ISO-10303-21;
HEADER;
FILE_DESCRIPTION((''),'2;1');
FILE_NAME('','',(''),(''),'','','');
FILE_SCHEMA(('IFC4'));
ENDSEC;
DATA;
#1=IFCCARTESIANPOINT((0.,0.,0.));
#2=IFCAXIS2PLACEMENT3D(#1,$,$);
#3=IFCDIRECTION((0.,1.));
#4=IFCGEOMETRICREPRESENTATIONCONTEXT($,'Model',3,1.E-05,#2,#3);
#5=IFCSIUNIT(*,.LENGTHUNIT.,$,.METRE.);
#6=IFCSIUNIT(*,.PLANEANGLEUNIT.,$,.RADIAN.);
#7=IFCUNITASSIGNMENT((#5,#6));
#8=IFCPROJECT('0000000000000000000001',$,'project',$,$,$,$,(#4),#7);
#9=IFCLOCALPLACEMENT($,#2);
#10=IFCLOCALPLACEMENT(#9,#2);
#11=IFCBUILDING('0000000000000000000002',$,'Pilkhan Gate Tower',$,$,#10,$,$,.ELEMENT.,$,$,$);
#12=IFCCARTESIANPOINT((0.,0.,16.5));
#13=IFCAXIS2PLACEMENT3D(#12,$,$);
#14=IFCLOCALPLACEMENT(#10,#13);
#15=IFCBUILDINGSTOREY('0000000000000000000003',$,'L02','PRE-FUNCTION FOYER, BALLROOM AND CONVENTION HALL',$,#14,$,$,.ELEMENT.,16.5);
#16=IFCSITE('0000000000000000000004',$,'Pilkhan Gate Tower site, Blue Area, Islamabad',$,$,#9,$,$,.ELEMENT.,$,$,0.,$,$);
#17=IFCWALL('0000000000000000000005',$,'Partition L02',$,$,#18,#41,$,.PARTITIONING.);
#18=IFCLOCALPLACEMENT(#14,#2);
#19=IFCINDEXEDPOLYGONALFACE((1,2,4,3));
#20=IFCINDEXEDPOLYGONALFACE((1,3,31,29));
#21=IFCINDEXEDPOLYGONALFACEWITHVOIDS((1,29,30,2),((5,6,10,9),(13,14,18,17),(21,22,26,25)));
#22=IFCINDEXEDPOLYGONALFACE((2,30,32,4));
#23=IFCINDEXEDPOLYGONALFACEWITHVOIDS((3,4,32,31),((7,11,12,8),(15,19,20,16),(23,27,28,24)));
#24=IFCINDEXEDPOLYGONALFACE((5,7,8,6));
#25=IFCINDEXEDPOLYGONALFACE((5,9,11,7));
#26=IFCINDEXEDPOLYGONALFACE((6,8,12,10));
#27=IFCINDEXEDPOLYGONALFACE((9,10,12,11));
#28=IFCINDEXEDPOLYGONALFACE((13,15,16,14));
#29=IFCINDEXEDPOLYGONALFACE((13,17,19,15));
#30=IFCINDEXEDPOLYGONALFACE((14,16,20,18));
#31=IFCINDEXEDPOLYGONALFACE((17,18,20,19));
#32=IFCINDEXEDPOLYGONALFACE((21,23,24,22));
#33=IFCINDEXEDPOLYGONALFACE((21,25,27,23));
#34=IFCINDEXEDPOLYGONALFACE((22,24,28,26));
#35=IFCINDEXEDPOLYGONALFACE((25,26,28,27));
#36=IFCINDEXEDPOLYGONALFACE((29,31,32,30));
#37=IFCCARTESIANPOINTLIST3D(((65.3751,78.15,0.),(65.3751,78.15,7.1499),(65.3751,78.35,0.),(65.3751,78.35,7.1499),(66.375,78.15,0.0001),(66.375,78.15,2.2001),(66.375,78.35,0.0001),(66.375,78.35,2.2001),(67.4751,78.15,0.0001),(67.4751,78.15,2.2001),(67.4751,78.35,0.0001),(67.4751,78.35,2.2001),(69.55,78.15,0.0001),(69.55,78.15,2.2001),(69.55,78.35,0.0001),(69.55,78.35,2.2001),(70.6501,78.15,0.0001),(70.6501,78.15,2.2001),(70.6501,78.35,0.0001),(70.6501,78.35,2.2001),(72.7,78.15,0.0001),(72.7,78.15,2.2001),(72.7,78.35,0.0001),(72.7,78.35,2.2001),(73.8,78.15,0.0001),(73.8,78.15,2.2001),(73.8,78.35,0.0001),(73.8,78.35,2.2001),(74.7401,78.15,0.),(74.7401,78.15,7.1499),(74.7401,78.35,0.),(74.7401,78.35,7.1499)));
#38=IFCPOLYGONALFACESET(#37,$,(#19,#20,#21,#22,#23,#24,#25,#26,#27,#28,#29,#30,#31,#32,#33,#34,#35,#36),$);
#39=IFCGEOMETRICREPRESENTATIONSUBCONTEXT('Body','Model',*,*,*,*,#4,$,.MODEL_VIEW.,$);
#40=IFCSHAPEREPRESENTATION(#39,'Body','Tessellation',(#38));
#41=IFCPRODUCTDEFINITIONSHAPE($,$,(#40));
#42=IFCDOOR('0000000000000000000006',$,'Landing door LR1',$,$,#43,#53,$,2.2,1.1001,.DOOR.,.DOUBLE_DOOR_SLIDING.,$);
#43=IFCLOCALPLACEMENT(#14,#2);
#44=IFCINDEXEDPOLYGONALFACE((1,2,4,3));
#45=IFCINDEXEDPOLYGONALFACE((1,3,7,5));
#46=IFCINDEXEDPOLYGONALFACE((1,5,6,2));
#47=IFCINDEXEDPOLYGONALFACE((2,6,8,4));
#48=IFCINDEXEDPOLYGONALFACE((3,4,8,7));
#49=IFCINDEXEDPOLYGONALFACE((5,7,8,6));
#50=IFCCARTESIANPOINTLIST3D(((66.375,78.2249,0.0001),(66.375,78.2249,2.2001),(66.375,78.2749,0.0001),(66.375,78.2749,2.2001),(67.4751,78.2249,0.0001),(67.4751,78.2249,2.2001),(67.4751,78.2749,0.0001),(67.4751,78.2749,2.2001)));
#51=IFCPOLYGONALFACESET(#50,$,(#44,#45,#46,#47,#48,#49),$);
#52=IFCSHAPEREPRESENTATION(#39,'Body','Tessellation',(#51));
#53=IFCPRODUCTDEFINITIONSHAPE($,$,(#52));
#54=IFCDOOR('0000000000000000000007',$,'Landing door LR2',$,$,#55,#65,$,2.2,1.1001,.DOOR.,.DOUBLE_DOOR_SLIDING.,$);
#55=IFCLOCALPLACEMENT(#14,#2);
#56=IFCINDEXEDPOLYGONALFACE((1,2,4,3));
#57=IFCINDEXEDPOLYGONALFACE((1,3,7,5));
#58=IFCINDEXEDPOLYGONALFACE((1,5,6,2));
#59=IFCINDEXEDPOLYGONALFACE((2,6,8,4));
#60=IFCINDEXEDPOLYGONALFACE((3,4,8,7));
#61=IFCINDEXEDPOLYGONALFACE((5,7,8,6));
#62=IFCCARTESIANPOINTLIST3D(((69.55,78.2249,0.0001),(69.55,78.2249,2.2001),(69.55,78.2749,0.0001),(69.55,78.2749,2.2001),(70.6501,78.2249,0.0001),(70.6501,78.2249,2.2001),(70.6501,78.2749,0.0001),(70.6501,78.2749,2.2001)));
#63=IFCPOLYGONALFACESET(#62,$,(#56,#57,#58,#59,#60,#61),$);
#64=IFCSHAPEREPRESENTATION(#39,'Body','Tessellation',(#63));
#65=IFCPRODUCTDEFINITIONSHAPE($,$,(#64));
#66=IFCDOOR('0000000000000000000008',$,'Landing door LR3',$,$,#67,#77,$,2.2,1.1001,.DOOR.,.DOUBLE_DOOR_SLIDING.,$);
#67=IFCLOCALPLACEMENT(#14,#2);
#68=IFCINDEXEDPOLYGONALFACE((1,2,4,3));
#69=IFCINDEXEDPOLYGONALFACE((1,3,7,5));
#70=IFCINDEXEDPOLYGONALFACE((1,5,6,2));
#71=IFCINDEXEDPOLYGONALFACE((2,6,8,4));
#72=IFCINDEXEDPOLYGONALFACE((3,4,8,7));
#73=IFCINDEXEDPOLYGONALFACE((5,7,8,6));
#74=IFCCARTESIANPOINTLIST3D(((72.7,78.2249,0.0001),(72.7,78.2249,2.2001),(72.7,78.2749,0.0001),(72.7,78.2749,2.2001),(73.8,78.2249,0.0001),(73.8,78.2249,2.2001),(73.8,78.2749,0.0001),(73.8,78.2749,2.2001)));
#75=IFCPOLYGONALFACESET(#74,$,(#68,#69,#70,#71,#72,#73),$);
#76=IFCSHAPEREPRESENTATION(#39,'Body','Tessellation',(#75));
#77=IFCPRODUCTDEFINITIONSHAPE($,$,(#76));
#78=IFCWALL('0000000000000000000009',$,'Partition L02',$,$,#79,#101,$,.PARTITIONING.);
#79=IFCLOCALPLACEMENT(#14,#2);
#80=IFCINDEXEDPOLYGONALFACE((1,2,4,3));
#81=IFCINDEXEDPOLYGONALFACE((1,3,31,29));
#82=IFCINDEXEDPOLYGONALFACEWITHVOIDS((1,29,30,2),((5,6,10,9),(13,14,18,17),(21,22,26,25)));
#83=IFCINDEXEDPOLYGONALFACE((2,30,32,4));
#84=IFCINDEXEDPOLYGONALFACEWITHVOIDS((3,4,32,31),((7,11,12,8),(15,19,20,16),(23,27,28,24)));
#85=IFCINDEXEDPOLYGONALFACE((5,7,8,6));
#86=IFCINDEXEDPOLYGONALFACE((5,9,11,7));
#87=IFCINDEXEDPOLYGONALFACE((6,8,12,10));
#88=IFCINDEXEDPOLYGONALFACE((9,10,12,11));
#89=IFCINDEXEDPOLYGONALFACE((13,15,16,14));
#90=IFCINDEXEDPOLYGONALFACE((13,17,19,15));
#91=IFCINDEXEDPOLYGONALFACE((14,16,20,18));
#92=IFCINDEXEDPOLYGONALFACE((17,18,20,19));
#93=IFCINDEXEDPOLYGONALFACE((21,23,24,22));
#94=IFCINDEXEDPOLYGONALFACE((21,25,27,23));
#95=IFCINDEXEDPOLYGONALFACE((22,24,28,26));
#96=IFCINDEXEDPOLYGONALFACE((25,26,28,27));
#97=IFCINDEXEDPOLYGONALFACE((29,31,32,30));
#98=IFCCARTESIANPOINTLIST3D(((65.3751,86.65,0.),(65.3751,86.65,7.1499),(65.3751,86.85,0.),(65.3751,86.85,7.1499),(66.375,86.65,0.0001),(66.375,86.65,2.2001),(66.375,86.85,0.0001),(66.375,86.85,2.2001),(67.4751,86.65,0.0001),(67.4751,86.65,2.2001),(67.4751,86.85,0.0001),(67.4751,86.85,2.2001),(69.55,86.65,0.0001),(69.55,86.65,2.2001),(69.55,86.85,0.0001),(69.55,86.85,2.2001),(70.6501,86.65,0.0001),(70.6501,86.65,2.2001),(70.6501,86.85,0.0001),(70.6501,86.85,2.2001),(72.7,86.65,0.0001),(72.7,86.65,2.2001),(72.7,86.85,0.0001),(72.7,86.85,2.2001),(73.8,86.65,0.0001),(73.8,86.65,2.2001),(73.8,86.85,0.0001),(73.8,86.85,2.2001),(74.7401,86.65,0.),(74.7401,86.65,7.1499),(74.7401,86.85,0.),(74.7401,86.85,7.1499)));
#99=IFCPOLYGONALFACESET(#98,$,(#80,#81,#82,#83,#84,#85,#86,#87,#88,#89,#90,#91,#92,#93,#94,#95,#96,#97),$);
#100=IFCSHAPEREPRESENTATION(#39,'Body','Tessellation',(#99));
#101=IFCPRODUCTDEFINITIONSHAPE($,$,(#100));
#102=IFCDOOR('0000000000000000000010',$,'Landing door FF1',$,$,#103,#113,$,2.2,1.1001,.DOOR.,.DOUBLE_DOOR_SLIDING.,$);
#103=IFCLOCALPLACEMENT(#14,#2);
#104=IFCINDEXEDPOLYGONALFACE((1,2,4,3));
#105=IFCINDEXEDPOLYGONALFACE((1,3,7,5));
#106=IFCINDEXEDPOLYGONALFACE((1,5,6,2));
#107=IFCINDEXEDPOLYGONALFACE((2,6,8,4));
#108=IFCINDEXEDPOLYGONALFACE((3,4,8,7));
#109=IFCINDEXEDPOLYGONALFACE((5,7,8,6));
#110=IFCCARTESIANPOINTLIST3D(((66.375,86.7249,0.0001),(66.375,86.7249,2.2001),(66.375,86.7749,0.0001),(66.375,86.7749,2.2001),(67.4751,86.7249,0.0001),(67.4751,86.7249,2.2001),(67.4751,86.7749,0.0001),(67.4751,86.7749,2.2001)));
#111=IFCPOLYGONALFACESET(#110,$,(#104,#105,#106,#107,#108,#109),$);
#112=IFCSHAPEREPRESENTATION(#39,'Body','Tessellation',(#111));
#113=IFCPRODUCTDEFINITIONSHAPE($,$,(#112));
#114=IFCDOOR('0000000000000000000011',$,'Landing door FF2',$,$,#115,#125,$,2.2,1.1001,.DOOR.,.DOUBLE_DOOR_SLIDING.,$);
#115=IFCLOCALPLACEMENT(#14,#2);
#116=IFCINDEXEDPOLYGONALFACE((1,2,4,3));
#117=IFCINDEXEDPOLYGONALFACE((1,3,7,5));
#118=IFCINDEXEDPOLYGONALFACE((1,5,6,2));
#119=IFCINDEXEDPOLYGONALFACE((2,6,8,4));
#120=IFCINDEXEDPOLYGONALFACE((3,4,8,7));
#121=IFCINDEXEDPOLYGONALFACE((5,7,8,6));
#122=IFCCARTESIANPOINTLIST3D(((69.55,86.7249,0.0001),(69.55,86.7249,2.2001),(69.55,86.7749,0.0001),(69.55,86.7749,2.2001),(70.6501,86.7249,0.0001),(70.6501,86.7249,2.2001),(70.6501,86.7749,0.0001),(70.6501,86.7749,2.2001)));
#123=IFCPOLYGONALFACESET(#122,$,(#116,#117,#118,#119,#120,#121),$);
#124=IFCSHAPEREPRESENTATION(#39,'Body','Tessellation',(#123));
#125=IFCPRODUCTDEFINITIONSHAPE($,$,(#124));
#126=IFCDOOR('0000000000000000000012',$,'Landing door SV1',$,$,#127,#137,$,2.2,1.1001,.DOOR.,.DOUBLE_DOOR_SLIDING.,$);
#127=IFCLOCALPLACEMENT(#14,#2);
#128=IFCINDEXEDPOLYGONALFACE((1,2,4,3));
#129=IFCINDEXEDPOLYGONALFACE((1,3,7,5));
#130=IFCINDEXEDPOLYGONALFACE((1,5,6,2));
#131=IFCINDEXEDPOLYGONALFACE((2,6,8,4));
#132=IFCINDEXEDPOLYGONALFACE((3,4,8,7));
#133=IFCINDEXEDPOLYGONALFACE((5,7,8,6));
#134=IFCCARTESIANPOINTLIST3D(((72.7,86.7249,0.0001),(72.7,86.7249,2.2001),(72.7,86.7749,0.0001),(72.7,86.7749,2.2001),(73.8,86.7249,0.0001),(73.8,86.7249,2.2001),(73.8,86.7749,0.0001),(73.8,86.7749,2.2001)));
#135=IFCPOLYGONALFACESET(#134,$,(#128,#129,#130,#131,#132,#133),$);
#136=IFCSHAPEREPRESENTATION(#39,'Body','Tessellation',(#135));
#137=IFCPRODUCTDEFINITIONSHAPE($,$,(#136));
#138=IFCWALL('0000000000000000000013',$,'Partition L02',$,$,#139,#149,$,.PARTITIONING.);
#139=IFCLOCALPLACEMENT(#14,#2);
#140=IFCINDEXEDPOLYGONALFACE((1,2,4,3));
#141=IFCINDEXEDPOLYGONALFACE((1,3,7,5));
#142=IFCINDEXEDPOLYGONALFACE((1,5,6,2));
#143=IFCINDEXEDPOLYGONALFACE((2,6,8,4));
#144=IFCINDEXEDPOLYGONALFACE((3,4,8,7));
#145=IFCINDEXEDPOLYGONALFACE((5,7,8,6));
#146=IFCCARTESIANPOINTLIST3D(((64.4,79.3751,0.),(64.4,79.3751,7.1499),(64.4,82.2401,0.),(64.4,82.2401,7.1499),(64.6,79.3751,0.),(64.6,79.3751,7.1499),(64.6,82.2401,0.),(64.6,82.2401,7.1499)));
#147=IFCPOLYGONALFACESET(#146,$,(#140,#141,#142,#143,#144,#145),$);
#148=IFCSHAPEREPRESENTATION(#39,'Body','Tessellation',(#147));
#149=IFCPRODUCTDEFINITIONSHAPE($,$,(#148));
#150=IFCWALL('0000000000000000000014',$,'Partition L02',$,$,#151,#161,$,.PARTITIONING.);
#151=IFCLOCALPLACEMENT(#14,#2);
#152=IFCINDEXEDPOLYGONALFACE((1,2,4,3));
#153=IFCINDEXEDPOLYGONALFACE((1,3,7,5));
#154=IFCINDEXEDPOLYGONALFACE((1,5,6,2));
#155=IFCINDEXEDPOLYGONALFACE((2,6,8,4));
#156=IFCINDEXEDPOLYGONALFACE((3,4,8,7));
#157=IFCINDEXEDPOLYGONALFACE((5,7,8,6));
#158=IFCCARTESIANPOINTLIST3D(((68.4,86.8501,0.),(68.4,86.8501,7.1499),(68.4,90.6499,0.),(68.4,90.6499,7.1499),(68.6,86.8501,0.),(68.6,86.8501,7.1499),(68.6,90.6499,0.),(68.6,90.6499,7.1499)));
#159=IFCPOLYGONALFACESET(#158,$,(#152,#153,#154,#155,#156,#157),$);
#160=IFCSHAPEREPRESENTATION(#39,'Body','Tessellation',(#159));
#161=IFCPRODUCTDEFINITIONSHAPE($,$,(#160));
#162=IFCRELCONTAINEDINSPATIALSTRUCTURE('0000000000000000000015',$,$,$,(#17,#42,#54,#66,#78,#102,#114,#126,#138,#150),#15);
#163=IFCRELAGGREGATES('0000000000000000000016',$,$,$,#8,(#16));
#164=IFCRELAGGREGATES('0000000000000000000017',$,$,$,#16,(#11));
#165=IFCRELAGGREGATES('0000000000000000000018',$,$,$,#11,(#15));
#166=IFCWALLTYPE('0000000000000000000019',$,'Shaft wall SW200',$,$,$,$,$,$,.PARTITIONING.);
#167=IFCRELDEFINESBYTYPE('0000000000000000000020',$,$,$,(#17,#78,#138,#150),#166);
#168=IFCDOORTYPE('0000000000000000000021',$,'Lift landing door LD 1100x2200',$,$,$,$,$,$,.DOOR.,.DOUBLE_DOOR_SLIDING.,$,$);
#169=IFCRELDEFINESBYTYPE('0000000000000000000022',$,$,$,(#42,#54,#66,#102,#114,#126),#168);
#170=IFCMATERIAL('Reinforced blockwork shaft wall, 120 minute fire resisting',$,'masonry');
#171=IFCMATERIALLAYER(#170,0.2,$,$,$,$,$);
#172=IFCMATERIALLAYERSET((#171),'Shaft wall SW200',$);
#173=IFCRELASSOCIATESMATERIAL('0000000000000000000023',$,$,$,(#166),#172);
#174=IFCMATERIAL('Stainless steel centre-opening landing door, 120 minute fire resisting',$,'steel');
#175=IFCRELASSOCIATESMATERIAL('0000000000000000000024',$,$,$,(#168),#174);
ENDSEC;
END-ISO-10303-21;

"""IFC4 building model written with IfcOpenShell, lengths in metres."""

from ifc_helpers import new_model, si_unit, direction, frame, frame_2d, origin, place, context, subcontext, project, spatial, rectangle, extrude, material, layer, layer_set, type_object, element, fill, save


model = new_model("IFC4")

# Units and contexts
model_context = context("Model", 3, precision=1e-05, world=origin(), true_north=direction((0.0, 1.0)))
body_context = subcontext(model_context, "Body", "Model", "MODEL_VIEW")
ifc_project = project(units=[si_unit("LENGTHUNIT", "METRE"), si_unit("PLANEANGLEUNIT", "RADIAN")], contexts=[model_context])

# Site, building, storey
site_placement = place(None, origin())
site = spatial("IfcSite", under=ifc_project, at=site_placement, Name="Pilkhan Gate Tower site, Blue Area, Islamabad", CompositionType="ELEMENT", RefElevation=0.0)
building_placement = place(site_placement, origin())
building = spatial("IfcBuilding", under=site, at=building_placement, Name="Pilkhan Gate Tower", CompositionType="ELEMENT")
storey_placement = place(building_placement, frame((0.0, 0.0, 16.5)))
storey = spatial("IfcBuildingStorey", under=building, at=storey_placement, Name="L02", Description="PRE-FUNCTION FOYER, BALLROOM AND CONVENTION HALL", CompositionType="ELEMENT", Elevation=16.5)

# Walls, openings, doors
ifc_material_1 = material(Name="Reinforced blockwork shaft wall, 120 minute fire resisting", Category="masonry")
ifc_layer_1 = layer(ifc_material_1, 0.2)
ifc_layer_set_1 = layer_set([ifc_layer_1], Name="Shaft wall SW200")
wall_type_1 = type_object("IfcWallType", Name="Shaft wall SW200", PredefinedType="PARTITIONING", material=ifc_layer_set_1)
wall_1_placement = place(storey_placement, frame((65.375, 78.25, 0.0), z_axis=(0.0, 0.0, 1.0), x_axis=(1.0, 0.0, 0.0)))
wall_1 = element("IfcWall", 1, at=wall_1_placement, inside=storey, type_object=wall_type_1, Name="Partition L02", PredefinedType="PARTITIONING", context=body_context, shape_type="SweptSolid", body=[
    extrude(rectangle(XDim=9.365, YDim=0.2, at=frame_2d((4.6826, 0.0))), origin(), (0.0, 0.0, 1.0), 7.1499),
])
opening_1_placement = place(wall_1_placement, frame((1.0, 0.0, 0.0)))
opening_1 = element("IfcOpeningElement", 2, at=opening_1_placement, cuts=wall_1, PredefinedType="OPENING", context=body_context, shape_type="SweptSolid", body=[
    extrude(rectangle(XDim=1.1001, YDim=2.2, at=frame_2d((0.55, 1.1001))), frame((0.0, 0.1099, 0.0), z_axis=(0.0, -1.0, 0.0), x_axis=(1.0, 0.0, 0.0)), (0.0, 0.0, 1.0), 0.22),
])
opening_2_placement = place(wall_1_placement, frame((4.175, 0.0, 0.0)))
opening_2 = element("IfcOpeningElement", 3, at=opening_2_placement, cuts=wall_1, PredefinedType="OPENING", context=body_context, shape_type="SweptSolid", body=[
    extrude(rectangle(XDim=1.1001, YDim=2.2, at=frame_2d((0.55, 1.1001))), frame((0.0, 0.1099, 0.0), z_axis=(0.0, -1.0, 0.0), x_axis=(1.0, 0.0, 0.0)), (0.0, 0.0, 1.0), 0.22),
])
opening_3_placement = place(wall_1_placement, frame((7.325, 0.0, 0.0)))
opening_3 = element("IfcOpeningElement", 4, at=opening_3_placement, cuts=wall_1, PredefinedType="OPENING", context=body_context, shape_type="SweptSolid", body=[
    extrude(rectangle(XDim=1.1001, YDim=2.2, at=frame_2d((0.55, 1.1001))), frame((0.0, 0.1099, 0.0), z_axis=(0.0, -1.0, 0.0), x_axis=(1.0, 0.0, 0.0)), (0.0, 0.0, 1.0), 0.22),
])
ifc_material_2 = material(Name="Stainless steel centre-opening landing door, 120 minute fire resisting", Category="steel")
door_type_1 = type_object("IfcDoorType", Name="Lift landing door LD 1100x2200", OperationType="DOUBLE_DOOR_SLIDING", PredefinedType="DOOR", material=ifc_material_2)
door_1_placement = place(opening_1_placement, origin())
door_1 = element("IfcDoor", 5, at=door_1_placement, inside=storey, type_object=door_type_1, Name="Landing door LR1", OperationType="DOUBLE_DOOR_SLIDING", OverallHeight=2.2, OverallWidth=1.1001, PredefinedType="DOOR", context=body_context, shape_type="SweptSolid", body=[
    extrude(rectangle(XDim=1.1001, YDim=2.2, at=frame_2d((0.55, 1.1001))), frame((0.0, 0.0249, 0.0), z_axis=(0.0, -1.0, 0.0), x_axis=(1.0, 0.0, 0.0)), (0.0, 0.0, 1.0), 0.05),
])
fill(opening_1, door_1)
door_2_placement = place(opening_2_placement, origin())
door_2 = element("IfcDoor", 6, at=door_2_placement, inside=storey, type_object=door_type_1, Name="Landing door LR2", OperationType="DOUBLE_DOOR_SLIDING", OverallHeight=2.2, OverallWidth=1.1001, PredefinedType="DOOR", context=body_context, shape_type="SweptSolid", body=[
    extrude(rectangle(XDim=1.1001, YDim=2.2, at=frame_2d((0.55, 1.1001))), frame((0.0, 0.0249, 0.0), z_axis=(0.0, -1.0, 0.0), x_axis=(1.0, 0.0, 0.0)), (0.0, 0.0, 1.0), 0.05),
])
fill(opening_2, door_2)
door_3_placement = place(opening_3_placement, origin())
door_3 = element("IfcDoor", 7, at=door_3_placement, inside=storey, type_object=door_type_1, Name="Landing door LR3", OperationType="DOUBLE_DOOR_SLIDING", OverallHeight=2.2, OverallWidth=1.1001, PredefinedType="DOOR", context=body_context, shape_type="SweptSolid", body=[
    extrude(rectangle(XDim=1.1001, YDim=2.2, at=frame_2d((0.55, 1.1001))), frame((0.0, 0.0249, 0.0), z_axis=(0.0, -1.0, 0.0), x_axis=(1.0, 0.0, 0.0)), (0.0, 0.0, 1.0), 0.05),
])
fill(opening_3, door_3)
wall_2_placement = place(storey_placement, frame((65.375, 86.75, 0.0), z_axis=(0.0, 0.0, 1.0), x_axis=(1.0, 0.0, 0.0)))
wall_2 = element("IfcWall", 8, at=wall_2_placement, inside=storey, type_object=wall_type_1, Name="Partition L02", PredefinedType="PARTITIONING", context=body_context, shape_type="SweptSolid", body=[
    extrude(rectangle(XDim=9.365, YDim=0.2, at=frame_2d((4.6826, 0.0))), origin(), (0.0, 0.0, 1.0), 7.1499),
])
opening_4_placement = place(wall_2_placement, frame((1.0, 0.0, 0.0)))
opening_4 = element("IfcOpeningElement", 9, at=opening_4_placement, cuts=wall_2, PredefinedType="OPENING", context=body_context, shape_type="SweptSolid", body=[
    extrude(rectangle(XDim=1.1001, YDim=2.2, at=frame_2d((0.55, 1.1001))), frame((0.0, 0.1099, 0.0), z_axis=(0.0, -1.0, 0.0), x_axis=(1.0, 0.0, 0.0)), (0.0, 0.0, 1.0), 0.22),
])
opening_5_placement = place(wall_2_placement, frame((4.175, 0.0, 0.0)))
opening_5 = element("IfcOpeningElement", 10, at=opening_5_placement, cuts=wall_2, PredefinedType="OPENING", context=body_context, shape_type="SweptSolid", body=[
    extrude(rectangle(XDim=1.1001, YDim=2.2, at=frame_2d((0.55, 1.1001))), frame((0.0, 0.1099, 0.0), z_axis=(0.0, -1.0, 0.0), x_axis=(1.0, 0.0, 0.0)), (0.0, 0.0, 1.0), 0.22),
])
opening_6_placement = place(wall_2_placement, frame((7.325, 0.0, 0.0)))
opening_6 = element("IfcOpeningElement", 11, at=opening_6_placement, cuts=wall_2, PredefinedType="OPENING", context=body_context, shape_type="SweptSolid", body=[
    extrude(rectangle(XDim=1.1001, YDim=2.2, at=frame_2d((0.55, 1.1001))), frame((0.0, 0.1099, 0.0), z_axis=(0.0, -1.0, 0.0), x_axis=(1.0, 0.0, 0.0)), (0.0, 0.0, 1.0), 0.22),
])
door_4_placement = place(opening_4_placement, origin())
door_4 = element("IfcDoor", 12, at=door_4_placement, inside=storey, type_object=door_type_1, Name="Landing door FF1", OperationType="DOUBLE_DOOR_SLIDING", OverallHeight=2.2, OverallWidth=1.1001, PredefinedType="DOOR", context=body_context, shape_type="SweptSolid", body=[
    extrude(rectangle(XDim=1.1001, YDim=2.2, at=frame_2d((0.55, 1.1001))), frame((0.0, 0.0249, 0.0), z_axis=(0.0, -1.0, 0.0), x_axis=(1.0, 0.0, 0.0)), (0.0, 0.0, 1.0), 0.05),
])
fill(opening_4, door_4)
door_5_placement = place(opening_5_placement, origin())
door_5 = element("IfcDoor", 13, at=door_5_placement, inside=storey, type_object=door_type_1, Name="Landing door FF2", OperationType="DOUBLE_DOOR_SLIDING", OverallHeight=2.2, OverallWidth=1.1001, PredefinedType="DOOR", context=body_context, shape_type="SweptSolid", body=[
    extrude(rectangle(XDim=1.1001, YDim=2.2, at=frame_2d((0.55, 1.1001))), frame((0.0, 0.0249, 0.0), z_axis=(0.0, -1.0, 0.0), x_axis=(1.0, 0.0, 0.0)), (0.0, 0.0, 1.0), 0.05),
])
fill(opening_5, door_5)
door_6_placement = place(opening_6_placement, origin())
door_6 = element("IfcDoor", 14, at=door_6_placement, inside=storey, type_object=door_type_1, Name="Landing door SV1", OperationType="DOUBLE_DOOR_SLIDING", OverallHeight=2.2, OverallWidth=1.1001, PredefinedType="DOOR", context=body_context, shape_type="SweptSolid", body=[
    extrude(rectangle(XDim=1.1001, YDim=2.2, at=frame_2d((0.55, 1.1001))), frame((0.0, 0.0249, 0.0), z_axis=(0.0, -1.0, 0.0), x_axis=(1.0, 0.0, 0.0)), (0.0, 0.0, 1.0), 0.05),
])
fill(opening_6, door_6)

# Walls
wall_3_placement = place(storey_placement, frame((64.5, 79.375, 0.0), z_axis=(0.0, 0.0, 1.0), x_axis=(0.0, 1.0, 0.0)))
element("IfcWall", 15, at=wall_3_placement, inside=storey, type_object=wall_type_1, Name="Partition L02", PredefinedType="PARTITIONING", context=body_context, shape_type="SweptSolid", body=[
    extrude(rectangle(XDim=2.865, YDim=0.2, at=frame_2d((1.4326, 0.0))), origin(), (0.0, 0.0, 1.0), 7.1499),
])
wall_4_placement = place(storey_placement, frame((68.5, 86.8501, 0.0), z_axis=(0.0, 0.0, 1.0), x_axis=(0.0, 1.0, 0.0)))
element("IfcWall", 16, at=wall_4_placement, inside=storey, type_object=wall_type_1, Name="Partition L02", PredefinedType="PARTITIONING", context=body_context, shape_type="SweptSolid", body=[
    extrude(rectangle(XDim=3.7998, YDim=0.2, at=frame_2d((1.8999, 0.0))), origin(), (0.0, 0.0, 1.0), 7.1499),
])

save(model, "model.ifc")
